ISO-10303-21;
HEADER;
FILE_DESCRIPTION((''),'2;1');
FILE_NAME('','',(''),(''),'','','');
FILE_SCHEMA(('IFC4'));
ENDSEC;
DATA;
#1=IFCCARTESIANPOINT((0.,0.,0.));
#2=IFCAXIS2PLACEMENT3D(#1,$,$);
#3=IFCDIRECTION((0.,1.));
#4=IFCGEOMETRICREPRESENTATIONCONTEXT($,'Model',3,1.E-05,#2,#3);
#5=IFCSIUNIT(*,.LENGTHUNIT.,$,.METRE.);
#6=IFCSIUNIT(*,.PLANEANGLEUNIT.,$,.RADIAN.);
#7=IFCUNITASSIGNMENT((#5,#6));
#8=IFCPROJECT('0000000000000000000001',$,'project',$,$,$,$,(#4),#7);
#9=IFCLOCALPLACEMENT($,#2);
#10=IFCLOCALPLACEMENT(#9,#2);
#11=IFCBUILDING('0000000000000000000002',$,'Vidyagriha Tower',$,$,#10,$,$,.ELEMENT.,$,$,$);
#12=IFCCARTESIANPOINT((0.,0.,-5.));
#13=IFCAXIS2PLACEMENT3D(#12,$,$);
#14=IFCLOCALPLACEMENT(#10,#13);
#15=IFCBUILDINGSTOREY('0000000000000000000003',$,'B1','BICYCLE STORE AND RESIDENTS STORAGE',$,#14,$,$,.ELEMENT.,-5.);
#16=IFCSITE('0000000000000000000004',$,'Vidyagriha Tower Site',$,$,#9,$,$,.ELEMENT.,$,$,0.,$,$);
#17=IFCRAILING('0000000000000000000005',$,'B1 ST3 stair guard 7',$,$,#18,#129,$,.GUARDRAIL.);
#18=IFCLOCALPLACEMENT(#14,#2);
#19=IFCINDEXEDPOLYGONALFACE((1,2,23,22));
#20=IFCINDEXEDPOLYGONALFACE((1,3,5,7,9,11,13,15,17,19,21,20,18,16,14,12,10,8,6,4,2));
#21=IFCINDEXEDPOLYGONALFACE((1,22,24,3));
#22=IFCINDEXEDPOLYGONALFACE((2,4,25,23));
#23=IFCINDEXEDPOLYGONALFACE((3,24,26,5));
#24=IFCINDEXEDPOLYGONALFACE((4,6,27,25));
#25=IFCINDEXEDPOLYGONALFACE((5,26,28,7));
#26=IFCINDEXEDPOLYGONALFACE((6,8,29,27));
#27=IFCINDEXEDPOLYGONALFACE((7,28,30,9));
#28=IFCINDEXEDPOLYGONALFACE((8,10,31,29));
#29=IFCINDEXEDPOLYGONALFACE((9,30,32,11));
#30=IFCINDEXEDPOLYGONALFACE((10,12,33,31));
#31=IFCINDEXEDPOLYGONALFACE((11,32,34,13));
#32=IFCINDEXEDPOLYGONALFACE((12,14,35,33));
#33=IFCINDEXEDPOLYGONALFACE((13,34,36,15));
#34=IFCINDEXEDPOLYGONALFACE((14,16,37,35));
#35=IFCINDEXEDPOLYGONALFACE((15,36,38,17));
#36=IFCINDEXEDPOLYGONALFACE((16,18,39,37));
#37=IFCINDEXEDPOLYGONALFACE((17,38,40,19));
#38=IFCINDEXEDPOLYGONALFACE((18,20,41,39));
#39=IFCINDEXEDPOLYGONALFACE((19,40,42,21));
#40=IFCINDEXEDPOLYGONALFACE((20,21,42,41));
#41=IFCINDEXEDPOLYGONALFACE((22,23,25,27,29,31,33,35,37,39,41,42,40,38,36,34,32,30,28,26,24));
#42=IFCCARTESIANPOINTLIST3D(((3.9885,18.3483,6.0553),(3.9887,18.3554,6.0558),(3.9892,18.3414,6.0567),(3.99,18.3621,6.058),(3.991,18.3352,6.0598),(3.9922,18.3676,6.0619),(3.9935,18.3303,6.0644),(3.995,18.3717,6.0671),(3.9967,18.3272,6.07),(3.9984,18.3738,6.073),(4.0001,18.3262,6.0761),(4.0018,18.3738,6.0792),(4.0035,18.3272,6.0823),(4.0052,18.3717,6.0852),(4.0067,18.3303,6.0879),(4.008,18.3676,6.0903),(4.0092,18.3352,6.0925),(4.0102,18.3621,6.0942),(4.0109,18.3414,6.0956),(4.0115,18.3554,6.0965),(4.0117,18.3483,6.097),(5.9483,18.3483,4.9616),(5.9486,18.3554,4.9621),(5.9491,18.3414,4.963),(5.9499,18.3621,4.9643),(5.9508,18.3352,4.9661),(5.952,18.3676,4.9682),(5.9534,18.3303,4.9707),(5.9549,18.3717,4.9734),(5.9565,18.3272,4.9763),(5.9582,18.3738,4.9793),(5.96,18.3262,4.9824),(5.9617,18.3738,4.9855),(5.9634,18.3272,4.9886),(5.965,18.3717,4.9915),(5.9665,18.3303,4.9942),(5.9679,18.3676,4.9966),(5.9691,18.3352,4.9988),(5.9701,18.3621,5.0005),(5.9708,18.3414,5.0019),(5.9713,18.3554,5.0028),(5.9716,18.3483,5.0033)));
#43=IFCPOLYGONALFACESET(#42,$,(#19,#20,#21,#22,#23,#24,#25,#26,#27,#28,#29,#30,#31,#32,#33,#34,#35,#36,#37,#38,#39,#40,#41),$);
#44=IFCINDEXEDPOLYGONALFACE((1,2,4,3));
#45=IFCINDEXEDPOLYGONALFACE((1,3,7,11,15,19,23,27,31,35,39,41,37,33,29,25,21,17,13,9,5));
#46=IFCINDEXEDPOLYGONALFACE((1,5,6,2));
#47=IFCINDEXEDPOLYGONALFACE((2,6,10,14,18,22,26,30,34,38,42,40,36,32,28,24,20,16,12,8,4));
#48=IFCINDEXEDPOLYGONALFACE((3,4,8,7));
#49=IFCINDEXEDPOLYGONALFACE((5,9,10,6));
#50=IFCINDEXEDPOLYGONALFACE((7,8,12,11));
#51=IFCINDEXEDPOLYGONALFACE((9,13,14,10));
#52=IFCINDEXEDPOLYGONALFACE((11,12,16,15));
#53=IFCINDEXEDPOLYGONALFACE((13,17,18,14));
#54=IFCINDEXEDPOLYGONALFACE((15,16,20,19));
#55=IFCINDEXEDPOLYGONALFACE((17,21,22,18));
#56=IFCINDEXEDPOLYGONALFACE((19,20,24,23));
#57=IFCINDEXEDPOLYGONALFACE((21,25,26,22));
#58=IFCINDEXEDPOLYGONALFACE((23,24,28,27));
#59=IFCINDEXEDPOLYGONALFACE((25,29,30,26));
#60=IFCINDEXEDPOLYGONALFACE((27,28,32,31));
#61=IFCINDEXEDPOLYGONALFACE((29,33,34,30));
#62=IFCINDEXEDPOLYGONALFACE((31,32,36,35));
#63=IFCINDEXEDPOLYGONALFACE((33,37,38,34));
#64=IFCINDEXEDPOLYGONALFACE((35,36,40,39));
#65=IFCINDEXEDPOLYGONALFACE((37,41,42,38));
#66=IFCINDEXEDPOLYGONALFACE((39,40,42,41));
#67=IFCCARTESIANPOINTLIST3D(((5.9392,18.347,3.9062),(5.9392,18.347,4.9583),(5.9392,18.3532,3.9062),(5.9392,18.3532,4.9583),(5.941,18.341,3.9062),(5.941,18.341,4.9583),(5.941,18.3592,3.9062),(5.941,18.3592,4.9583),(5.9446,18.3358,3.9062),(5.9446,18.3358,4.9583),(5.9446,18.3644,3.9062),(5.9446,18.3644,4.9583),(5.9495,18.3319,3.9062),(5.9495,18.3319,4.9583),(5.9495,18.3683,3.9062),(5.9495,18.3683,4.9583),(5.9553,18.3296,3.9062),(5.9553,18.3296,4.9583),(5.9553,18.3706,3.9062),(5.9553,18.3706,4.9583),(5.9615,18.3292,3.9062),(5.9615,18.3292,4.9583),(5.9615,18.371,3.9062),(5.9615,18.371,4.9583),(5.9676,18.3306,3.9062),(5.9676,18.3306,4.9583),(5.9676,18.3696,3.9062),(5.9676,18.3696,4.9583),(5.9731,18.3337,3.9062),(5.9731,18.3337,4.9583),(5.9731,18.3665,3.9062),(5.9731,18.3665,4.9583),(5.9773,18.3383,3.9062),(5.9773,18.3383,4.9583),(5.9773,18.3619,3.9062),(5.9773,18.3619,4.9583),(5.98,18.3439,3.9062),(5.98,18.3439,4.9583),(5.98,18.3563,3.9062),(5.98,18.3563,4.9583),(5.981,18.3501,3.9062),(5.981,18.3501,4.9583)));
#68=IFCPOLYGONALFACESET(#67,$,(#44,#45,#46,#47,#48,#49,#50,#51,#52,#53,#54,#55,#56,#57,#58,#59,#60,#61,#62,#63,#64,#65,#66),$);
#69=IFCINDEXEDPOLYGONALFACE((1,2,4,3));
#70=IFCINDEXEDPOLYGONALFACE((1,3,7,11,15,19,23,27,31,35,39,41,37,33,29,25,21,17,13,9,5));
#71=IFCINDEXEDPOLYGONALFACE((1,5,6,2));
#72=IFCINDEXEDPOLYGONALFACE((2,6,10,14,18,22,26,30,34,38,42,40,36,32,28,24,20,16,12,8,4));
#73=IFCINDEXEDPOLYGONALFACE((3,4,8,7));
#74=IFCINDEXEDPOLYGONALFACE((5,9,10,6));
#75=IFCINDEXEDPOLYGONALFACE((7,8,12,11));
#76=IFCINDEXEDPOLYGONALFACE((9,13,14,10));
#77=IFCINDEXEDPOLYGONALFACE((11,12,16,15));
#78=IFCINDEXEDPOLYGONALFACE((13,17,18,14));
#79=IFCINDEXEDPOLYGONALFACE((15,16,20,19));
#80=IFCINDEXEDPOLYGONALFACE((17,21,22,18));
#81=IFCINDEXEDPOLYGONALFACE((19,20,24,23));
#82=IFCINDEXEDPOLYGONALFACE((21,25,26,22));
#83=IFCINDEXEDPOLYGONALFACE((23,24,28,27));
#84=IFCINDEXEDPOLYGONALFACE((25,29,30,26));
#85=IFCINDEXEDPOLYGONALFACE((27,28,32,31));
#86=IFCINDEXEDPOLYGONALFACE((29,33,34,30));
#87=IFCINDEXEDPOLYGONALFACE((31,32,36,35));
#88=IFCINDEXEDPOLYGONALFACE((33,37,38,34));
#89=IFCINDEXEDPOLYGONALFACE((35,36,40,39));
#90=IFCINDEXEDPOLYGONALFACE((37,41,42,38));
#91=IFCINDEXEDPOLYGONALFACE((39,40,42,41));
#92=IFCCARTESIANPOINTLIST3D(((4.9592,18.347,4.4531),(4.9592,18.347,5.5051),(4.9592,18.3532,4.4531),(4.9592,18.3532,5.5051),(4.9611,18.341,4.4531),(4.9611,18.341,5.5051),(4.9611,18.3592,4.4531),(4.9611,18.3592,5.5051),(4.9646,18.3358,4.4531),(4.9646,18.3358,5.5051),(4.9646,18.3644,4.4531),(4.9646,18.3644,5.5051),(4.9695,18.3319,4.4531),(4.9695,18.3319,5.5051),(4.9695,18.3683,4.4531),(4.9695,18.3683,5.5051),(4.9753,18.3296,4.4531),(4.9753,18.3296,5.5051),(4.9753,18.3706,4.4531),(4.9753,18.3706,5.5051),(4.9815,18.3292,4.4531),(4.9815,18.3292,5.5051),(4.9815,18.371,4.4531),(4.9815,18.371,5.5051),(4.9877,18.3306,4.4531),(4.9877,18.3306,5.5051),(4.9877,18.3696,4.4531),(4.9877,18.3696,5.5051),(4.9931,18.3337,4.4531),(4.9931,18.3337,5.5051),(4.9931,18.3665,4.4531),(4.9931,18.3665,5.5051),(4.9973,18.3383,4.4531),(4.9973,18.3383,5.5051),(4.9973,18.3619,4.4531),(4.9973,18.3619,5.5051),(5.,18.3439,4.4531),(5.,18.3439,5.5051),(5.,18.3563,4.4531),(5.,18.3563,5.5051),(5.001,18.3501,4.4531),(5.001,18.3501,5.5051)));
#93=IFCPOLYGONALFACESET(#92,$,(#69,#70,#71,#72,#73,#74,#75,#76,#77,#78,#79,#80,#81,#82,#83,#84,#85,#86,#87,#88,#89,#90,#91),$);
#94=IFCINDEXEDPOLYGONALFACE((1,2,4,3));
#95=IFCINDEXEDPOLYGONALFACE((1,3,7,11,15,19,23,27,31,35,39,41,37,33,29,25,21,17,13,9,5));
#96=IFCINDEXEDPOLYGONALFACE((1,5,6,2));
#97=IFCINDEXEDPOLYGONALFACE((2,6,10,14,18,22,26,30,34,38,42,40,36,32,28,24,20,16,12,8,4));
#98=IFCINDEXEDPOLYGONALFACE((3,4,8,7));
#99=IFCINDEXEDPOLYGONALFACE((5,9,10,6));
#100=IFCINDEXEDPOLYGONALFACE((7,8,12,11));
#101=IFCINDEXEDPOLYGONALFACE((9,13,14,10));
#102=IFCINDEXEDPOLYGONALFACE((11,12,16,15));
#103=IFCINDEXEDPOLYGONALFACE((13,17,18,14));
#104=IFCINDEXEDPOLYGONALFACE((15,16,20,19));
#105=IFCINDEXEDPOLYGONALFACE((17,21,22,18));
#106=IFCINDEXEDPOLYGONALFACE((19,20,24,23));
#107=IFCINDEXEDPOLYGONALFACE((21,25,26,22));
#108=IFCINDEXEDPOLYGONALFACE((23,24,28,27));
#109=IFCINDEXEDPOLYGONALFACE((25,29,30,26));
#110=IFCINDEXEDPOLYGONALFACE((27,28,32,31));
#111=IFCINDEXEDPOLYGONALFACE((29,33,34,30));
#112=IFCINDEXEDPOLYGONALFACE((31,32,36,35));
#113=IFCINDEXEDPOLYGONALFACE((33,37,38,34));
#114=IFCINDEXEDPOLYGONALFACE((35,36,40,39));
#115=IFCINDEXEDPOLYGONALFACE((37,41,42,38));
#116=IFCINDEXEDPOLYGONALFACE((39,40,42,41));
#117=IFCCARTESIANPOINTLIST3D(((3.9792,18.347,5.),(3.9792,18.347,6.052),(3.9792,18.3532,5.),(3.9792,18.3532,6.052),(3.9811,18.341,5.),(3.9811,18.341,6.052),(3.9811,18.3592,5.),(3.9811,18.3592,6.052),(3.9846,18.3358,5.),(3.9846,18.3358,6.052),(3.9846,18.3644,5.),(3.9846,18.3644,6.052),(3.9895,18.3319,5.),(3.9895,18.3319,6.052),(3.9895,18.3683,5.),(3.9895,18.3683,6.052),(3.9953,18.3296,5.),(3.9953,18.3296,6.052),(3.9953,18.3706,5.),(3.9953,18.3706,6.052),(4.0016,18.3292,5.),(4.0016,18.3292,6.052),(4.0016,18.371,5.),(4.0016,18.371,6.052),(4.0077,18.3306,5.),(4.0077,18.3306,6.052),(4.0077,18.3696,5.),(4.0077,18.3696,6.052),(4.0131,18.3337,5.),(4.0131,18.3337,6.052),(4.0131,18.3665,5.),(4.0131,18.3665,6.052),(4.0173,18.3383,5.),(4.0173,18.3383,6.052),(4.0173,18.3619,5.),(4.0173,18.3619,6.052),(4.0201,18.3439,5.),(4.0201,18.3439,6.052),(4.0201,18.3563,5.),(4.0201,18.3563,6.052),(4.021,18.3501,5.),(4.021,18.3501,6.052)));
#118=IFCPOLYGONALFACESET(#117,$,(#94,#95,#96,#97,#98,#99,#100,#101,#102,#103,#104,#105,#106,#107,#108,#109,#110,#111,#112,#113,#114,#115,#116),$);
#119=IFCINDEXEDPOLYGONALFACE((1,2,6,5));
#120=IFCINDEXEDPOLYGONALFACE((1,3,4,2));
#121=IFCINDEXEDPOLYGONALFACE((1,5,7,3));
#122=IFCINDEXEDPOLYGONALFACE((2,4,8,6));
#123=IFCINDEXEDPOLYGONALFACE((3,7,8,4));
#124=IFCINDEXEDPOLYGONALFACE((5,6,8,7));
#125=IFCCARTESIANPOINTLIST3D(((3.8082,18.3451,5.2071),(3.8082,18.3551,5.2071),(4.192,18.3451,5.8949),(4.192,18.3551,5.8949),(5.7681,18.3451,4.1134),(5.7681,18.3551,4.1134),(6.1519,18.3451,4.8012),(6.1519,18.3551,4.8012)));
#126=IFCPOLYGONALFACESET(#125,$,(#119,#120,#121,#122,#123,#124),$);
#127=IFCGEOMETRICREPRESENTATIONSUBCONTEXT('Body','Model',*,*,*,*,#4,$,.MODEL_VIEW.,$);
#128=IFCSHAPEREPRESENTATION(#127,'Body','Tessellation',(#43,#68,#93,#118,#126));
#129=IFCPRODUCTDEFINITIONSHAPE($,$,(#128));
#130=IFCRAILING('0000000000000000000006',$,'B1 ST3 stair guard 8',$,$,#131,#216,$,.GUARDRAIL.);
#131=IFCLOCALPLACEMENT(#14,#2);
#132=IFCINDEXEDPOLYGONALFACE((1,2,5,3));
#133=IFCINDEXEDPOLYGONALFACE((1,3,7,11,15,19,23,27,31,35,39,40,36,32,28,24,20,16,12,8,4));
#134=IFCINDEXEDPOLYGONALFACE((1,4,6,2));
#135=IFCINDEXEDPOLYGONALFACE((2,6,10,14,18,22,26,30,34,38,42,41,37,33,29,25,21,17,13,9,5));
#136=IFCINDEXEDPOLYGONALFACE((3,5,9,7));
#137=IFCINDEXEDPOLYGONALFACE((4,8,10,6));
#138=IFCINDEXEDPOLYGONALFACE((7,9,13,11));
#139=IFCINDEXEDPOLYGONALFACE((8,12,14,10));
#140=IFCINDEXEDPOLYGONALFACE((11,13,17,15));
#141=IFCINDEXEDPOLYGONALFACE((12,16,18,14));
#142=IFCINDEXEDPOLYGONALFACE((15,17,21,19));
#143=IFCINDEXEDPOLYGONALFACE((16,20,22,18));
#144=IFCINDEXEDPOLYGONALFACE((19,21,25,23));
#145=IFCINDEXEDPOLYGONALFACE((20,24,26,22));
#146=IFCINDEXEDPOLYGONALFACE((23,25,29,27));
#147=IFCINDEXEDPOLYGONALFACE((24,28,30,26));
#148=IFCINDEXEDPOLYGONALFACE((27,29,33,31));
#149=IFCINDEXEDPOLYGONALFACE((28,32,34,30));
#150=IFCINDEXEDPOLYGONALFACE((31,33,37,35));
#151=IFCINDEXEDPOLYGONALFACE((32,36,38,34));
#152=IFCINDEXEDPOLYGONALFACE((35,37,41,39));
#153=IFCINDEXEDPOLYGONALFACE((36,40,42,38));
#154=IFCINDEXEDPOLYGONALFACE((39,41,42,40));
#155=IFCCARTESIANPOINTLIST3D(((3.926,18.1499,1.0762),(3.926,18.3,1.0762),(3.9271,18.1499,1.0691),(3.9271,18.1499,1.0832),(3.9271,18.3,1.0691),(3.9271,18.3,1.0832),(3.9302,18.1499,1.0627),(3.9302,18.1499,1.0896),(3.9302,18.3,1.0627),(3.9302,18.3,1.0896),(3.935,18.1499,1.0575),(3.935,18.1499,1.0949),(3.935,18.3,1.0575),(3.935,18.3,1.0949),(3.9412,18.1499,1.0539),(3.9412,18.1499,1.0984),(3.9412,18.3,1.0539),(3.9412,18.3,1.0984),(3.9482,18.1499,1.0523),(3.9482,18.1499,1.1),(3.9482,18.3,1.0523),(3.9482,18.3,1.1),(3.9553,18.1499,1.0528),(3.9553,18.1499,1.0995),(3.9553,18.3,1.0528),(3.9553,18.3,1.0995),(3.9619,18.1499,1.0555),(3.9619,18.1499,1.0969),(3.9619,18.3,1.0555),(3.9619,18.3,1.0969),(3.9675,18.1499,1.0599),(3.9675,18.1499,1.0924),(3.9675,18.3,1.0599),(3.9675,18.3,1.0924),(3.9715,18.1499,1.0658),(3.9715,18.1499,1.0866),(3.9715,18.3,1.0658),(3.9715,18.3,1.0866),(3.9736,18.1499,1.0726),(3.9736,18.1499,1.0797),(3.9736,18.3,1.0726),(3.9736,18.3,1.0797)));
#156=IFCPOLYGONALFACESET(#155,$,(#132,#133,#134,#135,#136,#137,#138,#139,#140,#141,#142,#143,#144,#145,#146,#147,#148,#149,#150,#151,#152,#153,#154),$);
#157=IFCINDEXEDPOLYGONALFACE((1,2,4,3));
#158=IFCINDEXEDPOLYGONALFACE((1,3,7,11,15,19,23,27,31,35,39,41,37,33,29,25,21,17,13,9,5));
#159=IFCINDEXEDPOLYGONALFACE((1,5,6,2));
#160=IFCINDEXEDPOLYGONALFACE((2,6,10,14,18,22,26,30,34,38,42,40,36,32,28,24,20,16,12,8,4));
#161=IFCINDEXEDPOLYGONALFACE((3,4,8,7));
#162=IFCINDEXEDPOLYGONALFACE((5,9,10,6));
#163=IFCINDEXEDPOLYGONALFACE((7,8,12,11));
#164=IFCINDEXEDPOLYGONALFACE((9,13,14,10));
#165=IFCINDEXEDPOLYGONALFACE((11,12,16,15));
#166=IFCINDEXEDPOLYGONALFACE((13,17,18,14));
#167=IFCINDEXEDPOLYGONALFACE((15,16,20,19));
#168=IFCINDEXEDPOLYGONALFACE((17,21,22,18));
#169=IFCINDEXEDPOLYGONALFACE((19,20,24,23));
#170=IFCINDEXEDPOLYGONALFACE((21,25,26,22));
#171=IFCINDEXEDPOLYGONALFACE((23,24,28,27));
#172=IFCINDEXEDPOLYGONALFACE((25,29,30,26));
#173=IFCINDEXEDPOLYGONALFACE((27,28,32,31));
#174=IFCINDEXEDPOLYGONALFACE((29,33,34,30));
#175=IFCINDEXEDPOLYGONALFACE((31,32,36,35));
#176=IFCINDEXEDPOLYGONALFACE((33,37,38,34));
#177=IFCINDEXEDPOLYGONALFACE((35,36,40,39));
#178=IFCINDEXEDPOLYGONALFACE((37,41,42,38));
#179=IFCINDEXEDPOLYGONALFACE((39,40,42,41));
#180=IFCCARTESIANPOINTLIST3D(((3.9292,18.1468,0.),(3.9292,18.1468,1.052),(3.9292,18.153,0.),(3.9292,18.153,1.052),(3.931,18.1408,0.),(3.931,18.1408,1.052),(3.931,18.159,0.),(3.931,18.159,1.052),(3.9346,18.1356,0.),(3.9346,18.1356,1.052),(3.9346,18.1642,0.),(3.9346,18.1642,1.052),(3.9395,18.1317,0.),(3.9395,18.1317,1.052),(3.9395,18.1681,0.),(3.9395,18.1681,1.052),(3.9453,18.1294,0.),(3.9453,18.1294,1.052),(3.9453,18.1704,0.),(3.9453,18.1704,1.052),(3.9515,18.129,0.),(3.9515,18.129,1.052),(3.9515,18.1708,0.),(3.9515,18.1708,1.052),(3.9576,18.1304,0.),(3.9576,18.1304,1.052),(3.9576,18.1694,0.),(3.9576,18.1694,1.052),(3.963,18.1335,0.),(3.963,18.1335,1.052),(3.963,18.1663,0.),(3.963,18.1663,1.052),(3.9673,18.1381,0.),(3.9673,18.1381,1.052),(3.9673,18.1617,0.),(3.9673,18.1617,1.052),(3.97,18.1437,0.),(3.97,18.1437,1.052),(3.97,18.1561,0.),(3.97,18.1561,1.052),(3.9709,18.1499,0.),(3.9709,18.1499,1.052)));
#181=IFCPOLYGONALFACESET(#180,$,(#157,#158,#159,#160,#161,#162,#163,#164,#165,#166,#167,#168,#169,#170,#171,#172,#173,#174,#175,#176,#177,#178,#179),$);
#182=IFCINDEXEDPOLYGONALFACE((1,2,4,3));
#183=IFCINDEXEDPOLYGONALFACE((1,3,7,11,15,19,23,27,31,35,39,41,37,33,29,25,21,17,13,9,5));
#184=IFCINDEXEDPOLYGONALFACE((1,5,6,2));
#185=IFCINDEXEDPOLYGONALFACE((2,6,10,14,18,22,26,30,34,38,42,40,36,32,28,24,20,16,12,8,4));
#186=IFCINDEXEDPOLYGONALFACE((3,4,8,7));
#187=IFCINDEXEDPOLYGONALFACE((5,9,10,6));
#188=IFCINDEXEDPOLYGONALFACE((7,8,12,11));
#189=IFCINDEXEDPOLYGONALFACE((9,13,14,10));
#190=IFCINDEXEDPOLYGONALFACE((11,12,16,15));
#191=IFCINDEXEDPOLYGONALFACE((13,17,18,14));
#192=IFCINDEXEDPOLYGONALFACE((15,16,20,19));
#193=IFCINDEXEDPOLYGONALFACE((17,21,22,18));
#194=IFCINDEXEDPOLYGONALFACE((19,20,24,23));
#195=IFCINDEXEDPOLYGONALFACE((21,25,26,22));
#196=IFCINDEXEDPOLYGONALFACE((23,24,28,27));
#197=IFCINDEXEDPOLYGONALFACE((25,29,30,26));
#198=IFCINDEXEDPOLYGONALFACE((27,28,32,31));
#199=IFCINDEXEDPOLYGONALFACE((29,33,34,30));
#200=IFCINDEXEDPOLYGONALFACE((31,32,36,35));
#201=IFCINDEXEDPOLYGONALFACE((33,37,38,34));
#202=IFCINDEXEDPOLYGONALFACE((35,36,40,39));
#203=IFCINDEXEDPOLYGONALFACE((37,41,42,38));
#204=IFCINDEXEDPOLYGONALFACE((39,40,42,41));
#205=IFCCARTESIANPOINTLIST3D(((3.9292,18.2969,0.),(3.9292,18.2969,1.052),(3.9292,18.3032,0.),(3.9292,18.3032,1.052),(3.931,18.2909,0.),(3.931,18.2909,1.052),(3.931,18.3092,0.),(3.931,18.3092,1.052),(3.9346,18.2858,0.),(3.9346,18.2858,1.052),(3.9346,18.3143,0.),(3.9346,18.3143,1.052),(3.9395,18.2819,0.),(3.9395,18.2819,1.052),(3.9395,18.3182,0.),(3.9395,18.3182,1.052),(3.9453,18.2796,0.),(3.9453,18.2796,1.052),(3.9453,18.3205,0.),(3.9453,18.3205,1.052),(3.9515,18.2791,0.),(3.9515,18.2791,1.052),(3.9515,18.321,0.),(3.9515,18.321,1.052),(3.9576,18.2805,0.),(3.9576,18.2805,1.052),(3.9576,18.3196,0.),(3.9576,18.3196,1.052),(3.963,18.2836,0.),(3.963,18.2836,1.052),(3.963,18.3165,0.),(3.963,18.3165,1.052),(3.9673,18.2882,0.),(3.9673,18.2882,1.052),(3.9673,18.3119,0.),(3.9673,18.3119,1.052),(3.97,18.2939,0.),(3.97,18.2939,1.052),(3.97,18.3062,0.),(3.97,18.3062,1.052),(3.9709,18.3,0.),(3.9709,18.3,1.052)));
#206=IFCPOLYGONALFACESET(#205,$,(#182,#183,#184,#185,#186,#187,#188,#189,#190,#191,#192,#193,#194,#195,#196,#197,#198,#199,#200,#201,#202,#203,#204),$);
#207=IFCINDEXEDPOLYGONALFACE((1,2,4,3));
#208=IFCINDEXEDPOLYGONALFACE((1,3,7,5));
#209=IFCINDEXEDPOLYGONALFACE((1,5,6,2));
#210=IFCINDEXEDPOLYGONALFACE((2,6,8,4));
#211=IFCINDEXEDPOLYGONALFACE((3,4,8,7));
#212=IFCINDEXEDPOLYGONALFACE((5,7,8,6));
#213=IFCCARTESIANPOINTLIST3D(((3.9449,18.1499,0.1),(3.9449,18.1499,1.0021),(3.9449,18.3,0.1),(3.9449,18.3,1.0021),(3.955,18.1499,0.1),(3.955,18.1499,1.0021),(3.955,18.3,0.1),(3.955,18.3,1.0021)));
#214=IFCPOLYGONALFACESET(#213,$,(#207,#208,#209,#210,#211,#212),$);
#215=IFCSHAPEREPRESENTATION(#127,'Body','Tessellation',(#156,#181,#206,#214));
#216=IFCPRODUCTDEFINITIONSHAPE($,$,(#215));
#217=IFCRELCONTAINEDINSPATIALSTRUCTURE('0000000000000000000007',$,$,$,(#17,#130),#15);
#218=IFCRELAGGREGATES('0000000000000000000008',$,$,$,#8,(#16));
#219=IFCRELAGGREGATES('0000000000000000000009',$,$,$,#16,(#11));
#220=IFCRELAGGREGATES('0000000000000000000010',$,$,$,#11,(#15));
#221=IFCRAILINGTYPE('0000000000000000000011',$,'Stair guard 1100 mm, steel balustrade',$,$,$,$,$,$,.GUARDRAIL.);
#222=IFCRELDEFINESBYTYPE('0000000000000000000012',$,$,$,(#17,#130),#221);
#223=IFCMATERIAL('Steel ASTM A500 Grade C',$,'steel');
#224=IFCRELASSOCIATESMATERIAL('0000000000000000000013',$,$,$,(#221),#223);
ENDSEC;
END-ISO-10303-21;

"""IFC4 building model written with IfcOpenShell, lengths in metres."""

from ifc_helpers import new_model, si_unit, direction, frame, origin, origin_2d, place, context, subcontext, project, spatial, rectangle, circle, extrude, material, type_object, element, save


model = new_model("IFC4")

# Units and contexts
model_context = context("Model", 3, precision=1e-05, world=origin(), true_north=direction((0.0, 1.0)))
body_context = subcontext(model_context, "Body", "Model", "MODEL_VIEW")
ifc_project = project(units=[si_unit("LENGTHUNIT", "METRE"), si_unit("PLANEANGLEUNIT", "RADIAN")], contexts=[model_context])

# Site, building, storey
site_placement = place(None, origin())
site = spatial("IfcSite", under=ifc_project, at=site_placement, Name="Vidyagriha Tower Site", CompositionType="ELEMENT", RefElevation=0.0)
building_placement = place(site_placement, origin())
building = spatial("IfcBuilding", under=site, at=building_placement, Name="Vidyagriha Tower", CompositionType="ELEMENT")
storey_placement = place(building_placement, frame((0.0, 0.0, -5.0)))
storey = spatial("IfcBuildingStorey", under=building, at=storey_placement, Name="B1", Description="BICYCLE STORE AND RESIDENTS STORAGE", CompositionType="ELEMENT", Elevation=-5.0)

# Railings
ifc_material_1 = material(Name="Steel ASTM A500 Grade C", Category="steel")
railing_type_1 = type_object("IfcRailingType", Name="Stair guard 1100 mm, steel balustrade", PredefinedType="GUARDRAIL", material=ifc_material_1)
railing_1_placement = place(storey_placement, frame((5.96, 18.3501, 3.9062)))
element("IfcRailing", 1, at=railing_1_placement, inside=storey, type_object=railing_type_1, Name="B1 ST3 stair guard 7", PredefinedType="GUARDRAIL", context=body_context, shape_type="SweptSolid", body=[
    extrude(circle(Radius=0.0239, at=origin_2d()), frame((0.0, 0.0, 1.0762), z_axis=(-0.873232, 0.0, 0.487304), x_axis=(0.0, -1.0, 0.0)), (0.0, 0.0, 1.0), 2.2444),
    extrude(circle(Radius=0.021, at=origin_2d()), origin(), (0.0, 0.0, 1.0), 1.052),
    extrude(circle(Radius=0.021, at=origin_2d()), frame((-0.98, 0.0, 0.5469)), (0.0, 0.0, 1.0), 1.052),
    extrude(circle(Radius=0.021, at=origin_2d()), frame((-1.96, 0.0, 1.0938)), (0.0, 0.0, 1.0), 1.052),
    extrude(rectangle(XDim=0.01, YDim=0.7876, at=origin_2d()), frame((0.0, 0.0, 0.551), z_axis=(-0.873232, 0.0, 0.487304), x_axis=(0.0, -1.0, 0.0)), (0.0, 0.0, 1.0), 2.2444),
])
railing_2_placement = place(storey_placement, frame((3.95, 18.1499, 0.0)))
element("IfcRailing", 2, at=railing_2_placement, inside=storey, type_object=railing_type_1, Name="B1 ST3 stair guard 8", PredefinedType="GUARDRAIL", context=body_context, shape_type="SweptSolid", body=[
    extrude(circle(Radius=0.0239, at=origin_2d()), frame((0.0, 0.0, 1.0762), z_axis=(0.0, 1.0, 0.0), x_axis=(-1.0, 0.0, 0.0)), (0.0, 0.0, 1.0), 0.1501),
    extrude(circle(Radius=0.021, at=origin_2d()), origin(), (0.0, 0.0, 1.0), 1.052),
    extrude(circle(Radius=0.021, at=origin_2d()), frame((0.0, 0.1501, 0.0)), (0.0, 0.0, 1.0), 1.052),
    extrude(rectangle(XDim=0.01, YDim=0.9021, at=origin_2d()), frame((0.0, 0.0, 0.551), z_axis=(0.0, 1.0, 0.0), x_axis=(-1.0, 0.0, 0.0)), (0.0, 0.0, 1.0), 0.1501),
])

save(model, "model.ifc")
